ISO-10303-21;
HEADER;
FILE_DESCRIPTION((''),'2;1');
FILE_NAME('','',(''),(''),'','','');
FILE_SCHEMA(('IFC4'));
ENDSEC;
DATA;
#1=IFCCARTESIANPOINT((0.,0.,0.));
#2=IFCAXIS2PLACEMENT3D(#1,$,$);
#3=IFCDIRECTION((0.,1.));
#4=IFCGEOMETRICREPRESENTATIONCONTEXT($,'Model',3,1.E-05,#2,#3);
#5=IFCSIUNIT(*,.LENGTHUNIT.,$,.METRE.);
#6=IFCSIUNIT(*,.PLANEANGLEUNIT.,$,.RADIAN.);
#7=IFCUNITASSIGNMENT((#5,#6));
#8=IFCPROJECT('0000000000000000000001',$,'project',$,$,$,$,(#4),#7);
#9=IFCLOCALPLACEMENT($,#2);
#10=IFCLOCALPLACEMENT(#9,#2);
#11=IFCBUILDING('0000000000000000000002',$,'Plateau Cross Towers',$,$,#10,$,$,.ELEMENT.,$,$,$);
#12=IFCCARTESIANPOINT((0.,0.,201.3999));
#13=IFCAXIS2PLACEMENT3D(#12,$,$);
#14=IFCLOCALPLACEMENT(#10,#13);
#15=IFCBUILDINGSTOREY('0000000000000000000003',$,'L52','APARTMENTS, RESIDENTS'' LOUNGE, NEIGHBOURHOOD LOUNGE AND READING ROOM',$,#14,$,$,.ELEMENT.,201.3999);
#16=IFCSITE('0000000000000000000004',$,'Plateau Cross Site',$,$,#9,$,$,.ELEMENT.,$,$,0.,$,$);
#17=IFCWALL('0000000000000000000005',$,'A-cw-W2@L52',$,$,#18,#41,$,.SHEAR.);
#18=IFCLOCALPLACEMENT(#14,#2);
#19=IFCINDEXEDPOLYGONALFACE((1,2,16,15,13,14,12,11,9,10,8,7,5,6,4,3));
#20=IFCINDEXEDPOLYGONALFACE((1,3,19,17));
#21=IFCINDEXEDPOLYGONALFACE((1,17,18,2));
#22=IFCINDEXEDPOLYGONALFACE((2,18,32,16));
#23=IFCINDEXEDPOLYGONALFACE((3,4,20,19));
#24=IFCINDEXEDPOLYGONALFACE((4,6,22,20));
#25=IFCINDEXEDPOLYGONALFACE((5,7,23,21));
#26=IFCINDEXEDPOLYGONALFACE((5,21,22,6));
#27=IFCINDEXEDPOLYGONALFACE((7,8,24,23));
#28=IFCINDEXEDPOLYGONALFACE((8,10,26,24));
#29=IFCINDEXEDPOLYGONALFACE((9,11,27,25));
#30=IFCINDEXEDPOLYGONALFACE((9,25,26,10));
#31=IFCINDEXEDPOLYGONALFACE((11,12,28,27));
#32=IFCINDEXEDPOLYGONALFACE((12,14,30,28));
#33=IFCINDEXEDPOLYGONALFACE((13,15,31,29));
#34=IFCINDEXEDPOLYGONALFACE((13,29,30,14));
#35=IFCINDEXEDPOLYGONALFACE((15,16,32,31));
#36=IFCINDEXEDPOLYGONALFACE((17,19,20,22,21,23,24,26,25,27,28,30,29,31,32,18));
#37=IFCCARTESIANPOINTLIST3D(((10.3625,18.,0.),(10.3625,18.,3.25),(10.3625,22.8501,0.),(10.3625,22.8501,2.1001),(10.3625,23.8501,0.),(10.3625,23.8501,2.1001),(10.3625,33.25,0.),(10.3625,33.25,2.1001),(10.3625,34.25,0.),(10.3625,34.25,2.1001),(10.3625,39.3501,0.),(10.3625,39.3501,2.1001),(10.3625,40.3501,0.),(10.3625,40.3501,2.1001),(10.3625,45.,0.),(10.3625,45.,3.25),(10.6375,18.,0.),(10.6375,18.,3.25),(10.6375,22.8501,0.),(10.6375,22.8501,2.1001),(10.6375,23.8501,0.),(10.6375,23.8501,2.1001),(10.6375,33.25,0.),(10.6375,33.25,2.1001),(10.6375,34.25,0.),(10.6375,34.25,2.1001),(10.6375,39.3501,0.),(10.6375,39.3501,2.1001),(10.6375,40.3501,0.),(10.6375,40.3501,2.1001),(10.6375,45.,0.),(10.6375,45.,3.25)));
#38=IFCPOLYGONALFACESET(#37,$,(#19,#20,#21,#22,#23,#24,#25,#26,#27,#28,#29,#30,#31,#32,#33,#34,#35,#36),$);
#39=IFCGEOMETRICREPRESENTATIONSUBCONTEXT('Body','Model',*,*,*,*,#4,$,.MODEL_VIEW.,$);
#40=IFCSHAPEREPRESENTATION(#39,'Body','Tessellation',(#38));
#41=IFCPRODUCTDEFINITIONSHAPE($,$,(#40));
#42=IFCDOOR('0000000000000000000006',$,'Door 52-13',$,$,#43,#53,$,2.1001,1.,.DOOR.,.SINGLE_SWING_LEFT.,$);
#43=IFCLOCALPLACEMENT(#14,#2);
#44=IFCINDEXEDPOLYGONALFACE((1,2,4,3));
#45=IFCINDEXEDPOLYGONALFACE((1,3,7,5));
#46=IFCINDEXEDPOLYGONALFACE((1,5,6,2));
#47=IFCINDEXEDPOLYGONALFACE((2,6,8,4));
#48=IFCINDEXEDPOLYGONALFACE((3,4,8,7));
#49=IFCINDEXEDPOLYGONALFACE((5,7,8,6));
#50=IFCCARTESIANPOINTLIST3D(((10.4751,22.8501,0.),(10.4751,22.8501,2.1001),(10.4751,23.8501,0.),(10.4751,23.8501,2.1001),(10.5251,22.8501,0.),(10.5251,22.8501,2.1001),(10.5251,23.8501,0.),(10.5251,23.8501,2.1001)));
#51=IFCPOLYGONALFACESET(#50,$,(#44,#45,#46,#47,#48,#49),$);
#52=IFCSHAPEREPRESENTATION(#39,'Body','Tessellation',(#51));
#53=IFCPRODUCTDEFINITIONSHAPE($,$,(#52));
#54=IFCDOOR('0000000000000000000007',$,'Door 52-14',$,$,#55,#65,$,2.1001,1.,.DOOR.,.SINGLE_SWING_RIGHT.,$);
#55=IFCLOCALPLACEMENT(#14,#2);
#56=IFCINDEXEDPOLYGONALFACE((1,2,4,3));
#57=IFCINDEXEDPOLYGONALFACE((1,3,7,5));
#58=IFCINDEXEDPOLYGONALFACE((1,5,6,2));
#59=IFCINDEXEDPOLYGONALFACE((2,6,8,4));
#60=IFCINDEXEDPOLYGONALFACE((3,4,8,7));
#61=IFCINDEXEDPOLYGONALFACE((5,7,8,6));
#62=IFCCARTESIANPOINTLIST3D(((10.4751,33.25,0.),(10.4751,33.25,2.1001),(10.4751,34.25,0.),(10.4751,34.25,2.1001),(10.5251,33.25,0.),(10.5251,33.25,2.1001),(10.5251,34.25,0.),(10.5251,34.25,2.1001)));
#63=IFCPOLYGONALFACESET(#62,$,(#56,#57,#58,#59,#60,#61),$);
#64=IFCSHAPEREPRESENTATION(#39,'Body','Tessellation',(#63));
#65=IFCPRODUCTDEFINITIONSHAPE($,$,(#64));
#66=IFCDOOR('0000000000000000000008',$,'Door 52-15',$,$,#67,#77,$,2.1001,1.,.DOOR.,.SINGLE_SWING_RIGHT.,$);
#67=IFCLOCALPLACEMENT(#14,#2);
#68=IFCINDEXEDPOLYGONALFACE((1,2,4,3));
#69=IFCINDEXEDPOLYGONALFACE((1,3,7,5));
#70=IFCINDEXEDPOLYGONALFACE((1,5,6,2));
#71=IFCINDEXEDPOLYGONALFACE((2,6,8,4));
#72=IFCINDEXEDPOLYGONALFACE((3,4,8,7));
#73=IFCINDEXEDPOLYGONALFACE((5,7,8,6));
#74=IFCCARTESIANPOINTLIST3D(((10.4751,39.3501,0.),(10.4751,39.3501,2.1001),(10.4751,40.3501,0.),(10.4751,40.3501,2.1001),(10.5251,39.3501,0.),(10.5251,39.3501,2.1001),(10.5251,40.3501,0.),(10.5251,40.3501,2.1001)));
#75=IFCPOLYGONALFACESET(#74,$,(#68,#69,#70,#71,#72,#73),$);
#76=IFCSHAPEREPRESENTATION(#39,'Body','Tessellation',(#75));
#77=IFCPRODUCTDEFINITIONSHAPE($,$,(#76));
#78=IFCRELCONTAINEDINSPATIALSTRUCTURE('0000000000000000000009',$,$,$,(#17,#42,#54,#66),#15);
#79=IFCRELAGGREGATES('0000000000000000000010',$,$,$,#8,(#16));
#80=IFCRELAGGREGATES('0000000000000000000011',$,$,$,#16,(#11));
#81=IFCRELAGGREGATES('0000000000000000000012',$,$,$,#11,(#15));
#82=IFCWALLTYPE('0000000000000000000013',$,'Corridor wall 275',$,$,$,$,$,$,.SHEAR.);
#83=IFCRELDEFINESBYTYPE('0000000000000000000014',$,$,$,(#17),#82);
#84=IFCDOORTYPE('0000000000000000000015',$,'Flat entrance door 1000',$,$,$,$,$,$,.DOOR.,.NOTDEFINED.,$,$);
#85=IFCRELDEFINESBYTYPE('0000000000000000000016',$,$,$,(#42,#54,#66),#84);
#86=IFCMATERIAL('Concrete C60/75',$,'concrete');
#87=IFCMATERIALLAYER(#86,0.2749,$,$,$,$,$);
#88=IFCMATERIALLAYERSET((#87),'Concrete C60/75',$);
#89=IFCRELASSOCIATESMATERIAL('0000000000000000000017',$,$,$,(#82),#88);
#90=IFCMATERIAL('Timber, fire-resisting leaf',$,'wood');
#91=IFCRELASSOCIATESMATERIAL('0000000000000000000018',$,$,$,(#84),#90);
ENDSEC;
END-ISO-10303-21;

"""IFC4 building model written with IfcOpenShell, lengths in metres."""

from ifc_helpers import new_model, si_unit, direction, frame, frame_2d, origin, place, context, subcontext, project, spatial, rectangle, extrude, material, layer, layer_set, type_object, element, fill, save


model = new_model("IFC4")

# Units and contexts
model_context = context("Model", 3, precision=1e-05, world=origin(), true_north=direction((0.0, 1.0)))
body_context = subcontext(model_context, "Body", "Model", "MODEL_VIEW")
ifc_project = project(units=[si_unit("LENGTHUNIT", "METRE"), si_unit("PLANEANGLEUNIT", "RADIAN")], contexts=[model_context])

# Site, building, storey
site_placement = place(None, origin())
site = spatial("IfcSite", under=ifc_project, at=site_placement, Name="Plateau Cross Site", CompositionType="ELEMENT", RefElevation=0.0)
building_placement = place(site_placement, origin())
building = spatial("IfcBuilding", under=site, at=building_placement, Name="Plateau Cross Towers", CompositionType="ELEMENT")
storey_placement = place(building_placement, frame((0.0, 0.0, 201.3999)))
storey = spatial("IfcBuildingStorey", under=building, at=storey_placement, Name="L52", Description="APARTMENTS, RESIDENTS' LOUNGE, NEIGHBOURHOOD LOUNGE AND READING ROOM", CompositionType="ELEMENT", Elevation=201.3999)

# Shared definitions
ifc_material_1 = material(Name="Timber, fire-resisting leaf", Category="wood")

# Wall, openings, doors
ifc_material_2 = material(Name="Concrete C60/75", Category="concrete")
ifc_layer_1 = layer(ifc_material_2, 0.2749)
ifc_layer_set_1 = layer_set([ifc_layer_1], Name="Concrete C60/75")
wall_type_1 = type_object("IfcWallType", Name="Corridor wall 275", PredefinedType="SHEAR", material=ifc_layer_set_1)
door_type_1 = type_object("IfcDoorType", Name="Flat entrance door 1000", OperationType="NOTDEFINED", PredefinedType="DOOR", material=ifc_material_1)
wall_1_placement = place(storey_placement, frame((10.5, 18.0, 0.0), z_axis=(0.0, 0.0, 1.0), x_axis=(0.0, 1.0, 0.0)))
wall_1 = element("IfcWall", 1, at=wall_1_placement, inside=storey, type_object=wall_type_1, Name="A-cw-W2@L52", PredefinedType="SHEAR", context=body_context, shape_type="SweptSolid", body=[
    extrude(rectangle(XDim=27.0, YDim=0.2749, at=frame_2d((13.5, 0.0))), origin(), (0.0, 0.0, 1.0), 3.25),
])
opening_1_placement = place(wall_1_placement, frame((4.8501, 0.0, 0.0)))
opening_1 = element("IfcOpeningElement", 2, at=opening_1_placement, cuts=wall_1, PredefinedType="OPENING", context=body_context, shape_type="SweptSolid", body=[
    extrude(rectangle(XDim=1.0, YDim=2.1001, at=frame_2d((0.5, 1.05))), frame((0.0, 0.1475, 0.0), z_axis=(0.0, -1.0, 0.0), x_axis=(1.0, 0.0, 0.0)), (0.0, 0.0, 1.0), 0.2949),
])
opening_2_placement = place(wall_1_placement, frame((15.25, 0.0, 0.0)))
opening_2 = element("IfcOpeningElement", 3, at=opening_2_placement, cuts=wall_1, PredefinedType="OPENING", context=body_context, shape_type="SweptSolid", body=[
    extrude(rectangle(XDim=1.0, YDim=2.1001, at=frame_2d((0.5, 1.05))), frame((0.0, 0.1475, 0.0), z_axis=(0.0, -1.0, 0.0), x_axis=(1.0, 0.0, 0.0)), (0.0, 0.0, 1.0), 0.2949),
])
opening_3_placement = place(wall_1_placement, frame((21.3501, 0.0, 0.0)))
opening_3 = element("IfcOpeningElement", 4, at=opening_3_placement, cuts=wall_1, PredefinedType="OPENING", context=body_context, shape_type="SweptSolid", body=[
    extrude(rectangle(XDim=1.0, YDim=2.1001, at=frame_2d((0.5, 1.05))), frame((0.0, 0.1475, 0.0), z_axis=(0.0, -1.0, 0.0), x_axis=(1.0, 0.0, 0.0)), (0.0, 0.0, 1.0), 0.2949),
])
door_1_placement = place(opening_1_placement, origin())
door_1 = element("IfcDoor", 5, at=door_1_placement, inside=storey, type_object=door_type_1, Name="Door 52-13", OperationType="SINGLE_SWING_LEFT", OverallHeight=2.1001, OverallWidth=1.0, PredefinedType="DOOR", context=body_context, shape_type="SweptSolid", body=[
    extrude(rectangle(XDim=1.0, YDim=2.1001, at=frame_2d((0.5, 1.05))), frame((0.0, 0.0249, 0.0), z_axis=(0.0, -1.0, 0.0), x_axis=(1.0, 0.0, 0.0)), (0.0, 0.0, 1.0), 0.05),
])
fill(opening_1, door_1)
door_2_placement = place(opening_2_placement, origin())
door_2 = element("IfcDoor", 6, at=door_2_placement, inside=storey, type_object=door_type_1, Name="Door 52-14", OperationType="SINGLE_SWING_RIGHT", OverallHeight=2.1001, OverallWidth=1.0, PredefinedType="DOOR", context=body_context, shape_type="SweptSolid", body=[
    extrude(rectangle(XDim=1.0, YDim=2.1001, at=frame_2d((0.5, 1.05))), frame((0.0, 0.0249, 0.0), z_axis=(0.0, -1.0, 0.0), x_axis=(1.0, 0.0, 0.0)), (0.0, 0.0, 1.0), 0.05),
])
fill(opening_2, door_2)
door_3_placement = place(opening_3_placement, origin())
door_3 = element("IfcDoor", 7, at=door_3_placement, inside=storey, type_object=door_type_1, Name="Door 52-15", OperationType="SINGLE_SWING_RIGHT", OverallHeight=2.1001, OverallWidth=1.0, PredefinedType="DOOR", context=body_context, shape_type="SweptSolid", body=[
    extrude(rectangle(XDim=1.0, YDim=2.1001, at=frame_2d((0.5, 1.05))), frame((0.0, 0.0249, 0.0), z_axis=(0.0, -1.0, 0.0), x_axis=(1.0, 0.0, 0.0)), (0.0, 0.0, 1.0), 0.05),
])
fill(opening_3, door_3)

save(model, "model.ifc")
